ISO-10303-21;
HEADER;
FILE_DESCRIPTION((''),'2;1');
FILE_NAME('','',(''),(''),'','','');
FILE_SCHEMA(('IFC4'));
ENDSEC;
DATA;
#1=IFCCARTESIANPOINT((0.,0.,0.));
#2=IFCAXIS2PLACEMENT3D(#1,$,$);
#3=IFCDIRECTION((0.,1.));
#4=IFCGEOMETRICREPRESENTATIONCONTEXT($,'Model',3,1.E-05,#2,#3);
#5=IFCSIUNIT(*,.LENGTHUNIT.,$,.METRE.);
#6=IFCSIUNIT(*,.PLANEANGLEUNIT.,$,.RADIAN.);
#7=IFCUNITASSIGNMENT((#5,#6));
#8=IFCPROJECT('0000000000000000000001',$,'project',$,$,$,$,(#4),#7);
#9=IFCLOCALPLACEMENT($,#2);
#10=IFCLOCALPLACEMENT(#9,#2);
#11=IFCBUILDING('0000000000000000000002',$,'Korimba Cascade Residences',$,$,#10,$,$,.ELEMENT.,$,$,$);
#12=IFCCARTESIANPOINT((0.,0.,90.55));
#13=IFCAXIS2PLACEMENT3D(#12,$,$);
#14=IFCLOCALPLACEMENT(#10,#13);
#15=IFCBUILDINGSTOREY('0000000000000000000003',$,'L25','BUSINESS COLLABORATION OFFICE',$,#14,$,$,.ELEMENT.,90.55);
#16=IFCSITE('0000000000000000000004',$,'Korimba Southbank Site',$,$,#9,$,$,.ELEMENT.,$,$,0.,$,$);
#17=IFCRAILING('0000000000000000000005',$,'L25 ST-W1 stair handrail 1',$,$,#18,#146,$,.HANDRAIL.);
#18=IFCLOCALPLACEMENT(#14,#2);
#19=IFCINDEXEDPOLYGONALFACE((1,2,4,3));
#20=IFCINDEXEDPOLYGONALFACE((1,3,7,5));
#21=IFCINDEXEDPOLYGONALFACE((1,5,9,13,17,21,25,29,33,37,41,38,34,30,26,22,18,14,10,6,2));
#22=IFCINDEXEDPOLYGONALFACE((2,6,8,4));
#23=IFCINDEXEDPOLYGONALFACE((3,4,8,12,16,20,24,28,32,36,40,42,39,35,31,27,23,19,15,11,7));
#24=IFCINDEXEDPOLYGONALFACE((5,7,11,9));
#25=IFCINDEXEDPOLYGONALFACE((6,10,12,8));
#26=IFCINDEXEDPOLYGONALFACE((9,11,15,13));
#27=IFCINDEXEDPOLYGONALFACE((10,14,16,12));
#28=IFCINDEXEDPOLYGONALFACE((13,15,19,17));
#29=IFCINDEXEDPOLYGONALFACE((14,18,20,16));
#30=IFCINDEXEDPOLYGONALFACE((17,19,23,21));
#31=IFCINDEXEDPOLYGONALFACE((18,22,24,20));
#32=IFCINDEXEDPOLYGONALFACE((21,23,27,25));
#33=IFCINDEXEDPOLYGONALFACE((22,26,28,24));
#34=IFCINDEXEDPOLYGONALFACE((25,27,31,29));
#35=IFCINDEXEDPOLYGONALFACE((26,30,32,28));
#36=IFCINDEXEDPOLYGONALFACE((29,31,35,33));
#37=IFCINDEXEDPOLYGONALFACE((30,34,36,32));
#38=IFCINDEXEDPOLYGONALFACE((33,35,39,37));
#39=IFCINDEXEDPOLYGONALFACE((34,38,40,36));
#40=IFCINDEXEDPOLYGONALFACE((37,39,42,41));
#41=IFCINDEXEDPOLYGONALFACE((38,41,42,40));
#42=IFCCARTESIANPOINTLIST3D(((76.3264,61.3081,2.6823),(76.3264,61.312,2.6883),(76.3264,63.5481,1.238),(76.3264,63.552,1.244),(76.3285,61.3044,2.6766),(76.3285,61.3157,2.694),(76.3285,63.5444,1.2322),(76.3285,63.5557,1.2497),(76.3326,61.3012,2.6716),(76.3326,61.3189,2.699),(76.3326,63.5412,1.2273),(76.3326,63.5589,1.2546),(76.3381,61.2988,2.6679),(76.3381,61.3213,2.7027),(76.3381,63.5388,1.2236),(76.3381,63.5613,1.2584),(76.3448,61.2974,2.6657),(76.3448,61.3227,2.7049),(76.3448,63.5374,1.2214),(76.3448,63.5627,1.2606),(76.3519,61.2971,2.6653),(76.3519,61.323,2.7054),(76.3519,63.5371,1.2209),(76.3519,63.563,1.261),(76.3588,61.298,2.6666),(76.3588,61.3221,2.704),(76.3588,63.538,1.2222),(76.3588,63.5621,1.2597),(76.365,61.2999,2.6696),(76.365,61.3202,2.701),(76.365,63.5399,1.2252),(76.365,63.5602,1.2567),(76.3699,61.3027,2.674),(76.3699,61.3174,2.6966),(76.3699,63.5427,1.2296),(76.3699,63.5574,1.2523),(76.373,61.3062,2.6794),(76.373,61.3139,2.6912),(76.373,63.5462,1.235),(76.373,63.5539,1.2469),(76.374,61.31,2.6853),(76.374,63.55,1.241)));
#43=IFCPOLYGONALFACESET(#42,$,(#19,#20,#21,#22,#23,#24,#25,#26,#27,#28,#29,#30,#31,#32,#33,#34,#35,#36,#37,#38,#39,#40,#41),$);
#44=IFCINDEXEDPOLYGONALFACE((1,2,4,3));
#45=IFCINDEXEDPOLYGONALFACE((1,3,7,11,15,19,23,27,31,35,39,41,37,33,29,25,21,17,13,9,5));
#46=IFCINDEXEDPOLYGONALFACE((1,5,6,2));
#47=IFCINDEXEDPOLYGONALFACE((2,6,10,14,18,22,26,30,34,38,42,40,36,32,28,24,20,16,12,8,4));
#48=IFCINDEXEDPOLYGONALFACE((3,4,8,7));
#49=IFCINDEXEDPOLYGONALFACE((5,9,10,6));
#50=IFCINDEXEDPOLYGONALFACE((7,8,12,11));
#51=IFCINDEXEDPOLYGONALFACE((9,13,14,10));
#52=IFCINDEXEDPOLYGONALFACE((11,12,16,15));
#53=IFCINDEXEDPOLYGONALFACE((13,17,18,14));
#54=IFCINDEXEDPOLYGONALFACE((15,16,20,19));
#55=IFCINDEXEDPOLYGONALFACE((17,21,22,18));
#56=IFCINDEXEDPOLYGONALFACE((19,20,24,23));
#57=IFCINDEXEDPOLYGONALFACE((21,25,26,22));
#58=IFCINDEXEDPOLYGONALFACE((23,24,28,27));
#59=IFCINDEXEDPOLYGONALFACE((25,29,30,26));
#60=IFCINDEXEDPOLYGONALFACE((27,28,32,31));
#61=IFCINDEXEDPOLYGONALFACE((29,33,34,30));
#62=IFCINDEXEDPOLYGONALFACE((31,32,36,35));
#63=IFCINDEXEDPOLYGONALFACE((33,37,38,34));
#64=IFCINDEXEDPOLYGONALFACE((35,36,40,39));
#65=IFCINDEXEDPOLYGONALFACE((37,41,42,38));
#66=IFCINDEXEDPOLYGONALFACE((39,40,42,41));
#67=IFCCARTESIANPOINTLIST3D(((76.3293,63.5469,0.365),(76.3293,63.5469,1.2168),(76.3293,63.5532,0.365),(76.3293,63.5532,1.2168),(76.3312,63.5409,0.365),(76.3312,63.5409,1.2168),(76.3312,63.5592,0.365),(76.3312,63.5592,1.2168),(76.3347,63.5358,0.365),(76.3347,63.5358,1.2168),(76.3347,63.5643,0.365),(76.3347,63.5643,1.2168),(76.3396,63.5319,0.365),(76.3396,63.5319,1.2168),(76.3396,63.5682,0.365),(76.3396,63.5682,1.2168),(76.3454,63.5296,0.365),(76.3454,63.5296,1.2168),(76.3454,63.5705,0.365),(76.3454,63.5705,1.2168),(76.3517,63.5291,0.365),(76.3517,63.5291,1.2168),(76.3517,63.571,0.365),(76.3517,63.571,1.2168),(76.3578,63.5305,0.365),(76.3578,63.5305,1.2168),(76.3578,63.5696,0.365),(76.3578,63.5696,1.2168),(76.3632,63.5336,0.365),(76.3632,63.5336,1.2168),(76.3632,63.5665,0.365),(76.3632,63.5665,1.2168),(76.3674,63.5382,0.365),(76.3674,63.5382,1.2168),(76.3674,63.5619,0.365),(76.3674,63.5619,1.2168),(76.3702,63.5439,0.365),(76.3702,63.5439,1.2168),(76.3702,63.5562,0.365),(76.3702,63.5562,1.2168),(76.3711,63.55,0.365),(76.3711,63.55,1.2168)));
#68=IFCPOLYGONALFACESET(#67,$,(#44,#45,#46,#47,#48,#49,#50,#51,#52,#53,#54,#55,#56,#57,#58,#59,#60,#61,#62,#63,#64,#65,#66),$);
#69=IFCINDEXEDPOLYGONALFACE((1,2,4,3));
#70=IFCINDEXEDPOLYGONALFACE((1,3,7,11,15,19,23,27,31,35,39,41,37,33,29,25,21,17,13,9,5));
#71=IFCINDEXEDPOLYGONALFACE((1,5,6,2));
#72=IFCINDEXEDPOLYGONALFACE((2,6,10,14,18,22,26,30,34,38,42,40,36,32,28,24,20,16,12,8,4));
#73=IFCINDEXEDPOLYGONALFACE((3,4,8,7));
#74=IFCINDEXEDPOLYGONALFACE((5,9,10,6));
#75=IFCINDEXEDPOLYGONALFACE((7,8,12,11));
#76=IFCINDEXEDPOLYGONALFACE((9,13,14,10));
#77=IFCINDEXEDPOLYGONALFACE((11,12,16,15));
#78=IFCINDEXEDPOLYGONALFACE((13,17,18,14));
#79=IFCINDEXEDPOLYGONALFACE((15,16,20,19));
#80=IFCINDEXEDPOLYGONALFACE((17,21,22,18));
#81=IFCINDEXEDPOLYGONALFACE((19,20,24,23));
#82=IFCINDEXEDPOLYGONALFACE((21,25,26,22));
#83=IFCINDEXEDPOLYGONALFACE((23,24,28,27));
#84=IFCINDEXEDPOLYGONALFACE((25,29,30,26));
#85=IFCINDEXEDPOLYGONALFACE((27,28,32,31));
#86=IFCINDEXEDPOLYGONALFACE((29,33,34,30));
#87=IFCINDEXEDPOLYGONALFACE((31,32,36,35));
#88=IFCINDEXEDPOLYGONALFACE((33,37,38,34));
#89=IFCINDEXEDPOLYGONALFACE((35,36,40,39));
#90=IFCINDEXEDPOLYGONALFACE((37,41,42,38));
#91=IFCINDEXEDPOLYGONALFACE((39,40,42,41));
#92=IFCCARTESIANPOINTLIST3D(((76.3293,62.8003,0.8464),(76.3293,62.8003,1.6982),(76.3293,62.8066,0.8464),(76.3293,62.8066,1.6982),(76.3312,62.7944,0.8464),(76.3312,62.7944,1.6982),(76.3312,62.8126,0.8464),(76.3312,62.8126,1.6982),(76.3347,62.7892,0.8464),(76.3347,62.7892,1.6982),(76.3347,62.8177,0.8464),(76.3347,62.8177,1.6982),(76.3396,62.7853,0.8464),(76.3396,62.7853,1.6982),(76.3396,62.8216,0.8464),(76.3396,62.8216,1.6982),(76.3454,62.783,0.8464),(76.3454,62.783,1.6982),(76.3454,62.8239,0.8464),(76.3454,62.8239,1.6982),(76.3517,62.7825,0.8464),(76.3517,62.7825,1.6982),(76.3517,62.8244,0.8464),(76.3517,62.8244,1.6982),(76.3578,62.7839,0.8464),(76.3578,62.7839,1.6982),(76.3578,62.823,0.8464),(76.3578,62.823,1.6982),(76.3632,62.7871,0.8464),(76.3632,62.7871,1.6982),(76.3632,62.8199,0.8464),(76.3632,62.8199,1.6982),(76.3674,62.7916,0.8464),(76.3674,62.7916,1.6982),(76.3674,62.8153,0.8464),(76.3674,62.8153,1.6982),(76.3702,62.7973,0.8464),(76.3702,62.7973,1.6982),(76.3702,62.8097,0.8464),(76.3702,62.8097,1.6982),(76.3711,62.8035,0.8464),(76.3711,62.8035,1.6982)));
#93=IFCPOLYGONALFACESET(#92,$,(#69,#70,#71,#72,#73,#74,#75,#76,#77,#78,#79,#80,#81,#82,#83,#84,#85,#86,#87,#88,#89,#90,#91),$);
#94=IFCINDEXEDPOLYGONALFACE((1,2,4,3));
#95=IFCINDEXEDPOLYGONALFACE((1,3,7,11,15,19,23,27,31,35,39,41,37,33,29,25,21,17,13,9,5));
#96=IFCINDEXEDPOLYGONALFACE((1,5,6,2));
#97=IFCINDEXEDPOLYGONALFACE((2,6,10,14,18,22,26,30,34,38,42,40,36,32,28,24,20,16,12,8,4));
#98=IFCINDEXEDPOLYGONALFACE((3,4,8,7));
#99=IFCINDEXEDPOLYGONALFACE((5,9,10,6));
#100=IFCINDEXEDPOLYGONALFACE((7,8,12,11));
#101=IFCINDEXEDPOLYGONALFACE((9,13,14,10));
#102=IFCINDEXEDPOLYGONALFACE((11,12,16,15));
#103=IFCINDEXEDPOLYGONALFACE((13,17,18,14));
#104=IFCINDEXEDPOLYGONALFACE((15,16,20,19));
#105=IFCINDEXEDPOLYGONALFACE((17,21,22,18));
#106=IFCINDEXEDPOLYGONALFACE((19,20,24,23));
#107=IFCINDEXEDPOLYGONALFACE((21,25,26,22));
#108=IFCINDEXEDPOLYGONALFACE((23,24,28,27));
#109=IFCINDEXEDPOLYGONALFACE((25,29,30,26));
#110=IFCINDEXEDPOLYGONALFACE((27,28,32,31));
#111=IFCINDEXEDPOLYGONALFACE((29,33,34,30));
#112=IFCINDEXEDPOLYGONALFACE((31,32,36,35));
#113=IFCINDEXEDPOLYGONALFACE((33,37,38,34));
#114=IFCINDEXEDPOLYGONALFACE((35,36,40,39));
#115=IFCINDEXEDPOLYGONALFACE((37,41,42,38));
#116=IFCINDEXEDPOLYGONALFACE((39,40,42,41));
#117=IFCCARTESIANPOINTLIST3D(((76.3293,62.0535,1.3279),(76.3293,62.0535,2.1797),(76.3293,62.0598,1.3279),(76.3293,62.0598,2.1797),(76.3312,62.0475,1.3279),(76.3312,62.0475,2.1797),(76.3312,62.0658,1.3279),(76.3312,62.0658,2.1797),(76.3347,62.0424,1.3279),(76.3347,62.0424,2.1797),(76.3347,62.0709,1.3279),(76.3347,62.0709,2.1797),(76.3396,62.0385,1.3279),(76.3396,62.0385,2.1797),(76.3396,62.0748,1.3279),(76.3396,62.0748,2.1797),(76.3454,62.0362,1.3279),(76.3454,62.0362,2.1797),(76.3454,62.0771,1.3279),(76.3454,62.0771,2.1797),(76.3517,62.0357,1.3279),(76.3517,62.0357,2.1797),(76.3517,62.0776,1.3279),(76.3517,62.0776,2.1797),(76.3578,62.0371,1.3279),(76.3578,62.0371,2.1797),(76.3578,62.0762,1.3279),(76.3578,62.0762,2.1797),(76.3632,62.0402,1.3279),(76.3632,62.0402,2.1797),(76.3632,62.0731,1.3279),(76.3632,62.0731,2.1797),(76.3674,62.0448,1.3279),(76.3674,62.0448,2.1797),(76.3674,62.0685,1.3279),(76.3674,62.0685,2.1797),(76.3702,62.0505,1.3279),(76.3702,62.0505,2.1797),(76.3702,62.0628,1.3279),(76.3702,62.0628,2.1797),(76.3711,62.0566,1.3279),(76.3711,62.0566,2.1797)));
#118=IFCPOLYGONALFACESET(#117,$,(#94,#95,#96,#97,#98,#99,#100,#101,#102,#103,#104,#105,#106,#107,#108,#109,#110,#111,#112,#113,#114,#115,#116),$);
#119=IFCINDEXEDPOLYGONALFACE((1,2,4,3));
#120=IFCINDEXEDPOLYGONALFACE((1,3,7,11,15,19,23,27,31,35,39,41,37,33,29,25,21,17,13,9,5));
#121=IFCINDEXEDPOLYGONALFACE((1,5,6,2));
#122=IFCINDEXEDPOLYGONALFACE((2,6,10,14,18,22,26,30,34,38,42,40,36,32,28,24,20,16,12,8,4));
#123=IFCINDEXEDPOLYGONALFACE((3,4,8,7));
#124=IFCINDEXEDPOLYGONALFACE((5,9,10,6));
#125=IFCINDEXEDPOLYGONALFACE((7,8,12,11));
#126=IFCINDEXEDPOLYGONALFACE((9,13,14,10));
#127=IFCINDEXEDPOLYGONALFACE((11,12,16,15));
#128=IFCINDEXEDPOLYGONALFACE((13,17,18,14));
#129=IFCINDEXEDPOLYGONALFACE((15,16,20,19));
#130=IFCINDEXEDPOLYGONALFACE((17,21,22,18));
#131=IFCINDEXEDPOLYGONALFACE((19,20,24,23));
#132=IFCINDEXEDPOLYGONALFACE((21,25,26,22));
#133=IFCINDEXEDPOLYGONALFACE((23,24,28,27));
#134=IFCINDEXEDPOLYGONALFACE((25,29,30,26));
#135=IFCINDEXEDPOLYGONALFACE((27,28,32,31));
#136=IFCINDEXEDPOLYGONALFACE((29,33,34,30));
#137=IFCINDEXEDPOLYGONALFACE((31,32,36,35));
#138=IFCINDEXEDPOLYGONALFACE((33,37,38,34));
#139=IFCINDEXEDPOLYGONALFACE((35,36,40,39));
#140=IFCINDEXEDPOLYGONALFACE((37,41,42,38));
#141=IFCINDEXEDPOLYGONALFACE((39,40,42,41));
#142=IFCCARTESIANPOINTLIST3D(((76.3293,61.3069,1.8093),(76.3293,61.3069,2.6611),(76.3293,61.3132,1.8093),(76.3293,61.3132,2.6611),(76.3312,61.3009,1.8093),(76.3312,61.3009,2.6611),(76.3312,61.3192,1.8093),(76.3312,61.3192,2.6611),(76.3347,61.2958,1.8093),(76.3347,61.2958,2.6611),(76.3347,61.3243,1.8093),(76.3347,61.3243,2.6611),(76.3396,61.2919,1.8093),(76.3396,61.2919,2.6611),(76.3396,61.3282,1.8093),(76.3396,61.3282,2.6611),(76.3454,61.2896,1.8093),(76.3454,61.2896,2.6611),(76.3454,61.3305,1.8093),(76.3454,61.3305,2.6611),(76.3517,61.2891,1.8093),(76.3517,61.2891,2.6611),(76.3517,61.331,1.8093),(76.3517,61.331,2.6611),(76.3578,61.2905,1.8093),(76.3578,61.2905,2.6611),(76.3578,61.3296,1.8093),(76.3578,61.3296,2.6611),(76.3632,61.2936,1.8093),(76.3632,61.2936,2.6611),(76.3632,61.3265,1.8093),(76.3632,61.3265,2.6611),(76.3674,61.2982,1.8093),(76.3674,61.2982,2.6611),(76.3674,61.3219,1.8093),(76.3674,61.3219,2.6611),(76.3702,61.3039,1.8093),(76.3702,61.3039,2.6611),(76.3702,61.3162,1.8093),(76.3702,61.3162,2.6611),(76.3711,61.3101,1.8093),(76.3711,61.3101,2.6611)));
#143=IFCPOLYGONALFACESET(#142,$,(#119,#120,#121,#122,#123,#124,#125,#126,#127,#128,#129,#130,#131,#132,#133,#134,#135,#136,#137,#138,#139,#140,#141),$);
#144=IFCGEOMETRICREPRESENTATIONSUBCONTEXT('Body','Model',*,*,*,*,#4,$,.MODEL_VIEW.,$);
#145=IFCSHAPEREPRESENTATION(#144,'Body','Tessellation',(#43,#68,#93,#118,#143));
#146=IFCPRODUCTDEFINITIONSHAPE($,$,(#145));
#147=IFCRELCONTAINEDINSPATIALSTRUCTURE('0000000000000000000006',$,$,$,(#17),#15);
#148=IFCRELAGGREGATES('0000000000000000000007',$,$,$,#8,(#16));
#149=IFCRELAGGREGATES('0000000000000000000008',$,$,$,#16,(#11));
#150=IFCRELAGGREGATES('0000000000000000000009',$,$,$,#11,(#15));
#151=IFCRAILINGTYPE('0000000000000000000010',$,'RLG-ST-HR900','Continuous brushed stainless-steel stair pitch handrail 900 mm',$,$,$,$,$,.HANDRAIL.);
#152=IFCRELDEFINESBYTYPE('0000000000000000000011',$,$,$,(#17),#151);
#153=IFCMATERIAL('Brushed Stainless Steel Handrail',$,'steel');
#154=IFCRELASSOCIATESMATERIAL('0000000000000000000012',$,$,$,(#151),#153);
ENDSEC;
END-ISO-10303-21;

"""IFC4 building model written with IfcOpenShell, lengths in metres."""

from ifc_helpers import new_model, si_unit, direction, frame, origin, origin_2d, place, context, subcontext, project, spatial, circle, extrude, material, type_object, element, save


model = new_model("IFC4")

# Units and contexts
model_context = context("Model", 3, precision=1e-05, world=origin(), true_north=direction((0.0, 1.0)))
body_context = subcontext(model_context, "Body", "Model", "MODEL_VIEW")
ifc_project = project(units=[si_unit("LENGTHUNIT", "METRE"), si_unit("PLANEANGLEUNIT", "RADIAN")], contexts=[model_context])

# Site, building, storey
site_placement = place(None, origin())
site = spatial("IfcSite", under=ifc_project, at=site_placement, Name="Korimba Southbank Site", CompositionType="ELEMENT", RefElevation=0.0)
building_placement = place(site_placement, origin())
building = spatial("IfcBuilding", under=site, at=building_placement, Name="Korimba Cascade Residences", CompositionType="ELEMENT")
storey_placement = place(building_placement, frame((0.0, 0.0, 90.55)))
storey = spatial("IfcBuildingStorey", under=building, at=storey_placement, Name="L25", Description="BUSINESS COLLABORATION OFFICE", CompositionType="ELEMENT", Elevation=90.55)

# Railing
ifc_material_1 = material(Name="Brushed Stainless Steel Handrail", Category="steel")
railing_type_1 = type_object("IfcRailingType", Name="RLG-ST-HR900", Description="Continuous brushed stainless-steel stair pitch handrail 900 mm", PredefinedType="HANDRAIL", material=ifc_material_1)
railing_1_placement = place(storey_placement, frame((76.3501, 63.55, 0.365)))
element("IfcRailing", 1, at=railing_1_placement, inside=storey, type_object=railing_type_1, Name="L25 ST-W1 stair handrail 1", PredefinedType="HANDRAIL", context=body_context, shape_type="SweptSolid", body=[
    extrude(circle(Radius=0.0239, at=origin_2d()), frame((0.0, 0.0, 0.876), z_axis=(0.0, -0.840437, 0.54191), x_axis=(1.0, 0.0, 0.0)), (0.0, 0.0, 1.0), 2.6653),
    extrude(circle(Radius=0.021, at=origin_2d()), origin(), (0.0, 0.0, 1.0), 0.8518),
    extrude(circle(Radius=0.021, at=origin_2d()), frame((0.0, -0.7466, 0.4814)), (0.0, 0.0, 1.0), 0.8518),
    extrude(circle(Radius=0.021, at=origin_2d()), frame((0.0, -1.4934, 0.9629)), (0.0, 0.0, 1.0), 0.8518),
    extrude(circle(Radius=0.021, at=origin_2d()), frame((0.0, -2.24, 1.4443)), (0.0, 0.0, 1.0), 0.8518),
])

save(model, "model.ifc")
